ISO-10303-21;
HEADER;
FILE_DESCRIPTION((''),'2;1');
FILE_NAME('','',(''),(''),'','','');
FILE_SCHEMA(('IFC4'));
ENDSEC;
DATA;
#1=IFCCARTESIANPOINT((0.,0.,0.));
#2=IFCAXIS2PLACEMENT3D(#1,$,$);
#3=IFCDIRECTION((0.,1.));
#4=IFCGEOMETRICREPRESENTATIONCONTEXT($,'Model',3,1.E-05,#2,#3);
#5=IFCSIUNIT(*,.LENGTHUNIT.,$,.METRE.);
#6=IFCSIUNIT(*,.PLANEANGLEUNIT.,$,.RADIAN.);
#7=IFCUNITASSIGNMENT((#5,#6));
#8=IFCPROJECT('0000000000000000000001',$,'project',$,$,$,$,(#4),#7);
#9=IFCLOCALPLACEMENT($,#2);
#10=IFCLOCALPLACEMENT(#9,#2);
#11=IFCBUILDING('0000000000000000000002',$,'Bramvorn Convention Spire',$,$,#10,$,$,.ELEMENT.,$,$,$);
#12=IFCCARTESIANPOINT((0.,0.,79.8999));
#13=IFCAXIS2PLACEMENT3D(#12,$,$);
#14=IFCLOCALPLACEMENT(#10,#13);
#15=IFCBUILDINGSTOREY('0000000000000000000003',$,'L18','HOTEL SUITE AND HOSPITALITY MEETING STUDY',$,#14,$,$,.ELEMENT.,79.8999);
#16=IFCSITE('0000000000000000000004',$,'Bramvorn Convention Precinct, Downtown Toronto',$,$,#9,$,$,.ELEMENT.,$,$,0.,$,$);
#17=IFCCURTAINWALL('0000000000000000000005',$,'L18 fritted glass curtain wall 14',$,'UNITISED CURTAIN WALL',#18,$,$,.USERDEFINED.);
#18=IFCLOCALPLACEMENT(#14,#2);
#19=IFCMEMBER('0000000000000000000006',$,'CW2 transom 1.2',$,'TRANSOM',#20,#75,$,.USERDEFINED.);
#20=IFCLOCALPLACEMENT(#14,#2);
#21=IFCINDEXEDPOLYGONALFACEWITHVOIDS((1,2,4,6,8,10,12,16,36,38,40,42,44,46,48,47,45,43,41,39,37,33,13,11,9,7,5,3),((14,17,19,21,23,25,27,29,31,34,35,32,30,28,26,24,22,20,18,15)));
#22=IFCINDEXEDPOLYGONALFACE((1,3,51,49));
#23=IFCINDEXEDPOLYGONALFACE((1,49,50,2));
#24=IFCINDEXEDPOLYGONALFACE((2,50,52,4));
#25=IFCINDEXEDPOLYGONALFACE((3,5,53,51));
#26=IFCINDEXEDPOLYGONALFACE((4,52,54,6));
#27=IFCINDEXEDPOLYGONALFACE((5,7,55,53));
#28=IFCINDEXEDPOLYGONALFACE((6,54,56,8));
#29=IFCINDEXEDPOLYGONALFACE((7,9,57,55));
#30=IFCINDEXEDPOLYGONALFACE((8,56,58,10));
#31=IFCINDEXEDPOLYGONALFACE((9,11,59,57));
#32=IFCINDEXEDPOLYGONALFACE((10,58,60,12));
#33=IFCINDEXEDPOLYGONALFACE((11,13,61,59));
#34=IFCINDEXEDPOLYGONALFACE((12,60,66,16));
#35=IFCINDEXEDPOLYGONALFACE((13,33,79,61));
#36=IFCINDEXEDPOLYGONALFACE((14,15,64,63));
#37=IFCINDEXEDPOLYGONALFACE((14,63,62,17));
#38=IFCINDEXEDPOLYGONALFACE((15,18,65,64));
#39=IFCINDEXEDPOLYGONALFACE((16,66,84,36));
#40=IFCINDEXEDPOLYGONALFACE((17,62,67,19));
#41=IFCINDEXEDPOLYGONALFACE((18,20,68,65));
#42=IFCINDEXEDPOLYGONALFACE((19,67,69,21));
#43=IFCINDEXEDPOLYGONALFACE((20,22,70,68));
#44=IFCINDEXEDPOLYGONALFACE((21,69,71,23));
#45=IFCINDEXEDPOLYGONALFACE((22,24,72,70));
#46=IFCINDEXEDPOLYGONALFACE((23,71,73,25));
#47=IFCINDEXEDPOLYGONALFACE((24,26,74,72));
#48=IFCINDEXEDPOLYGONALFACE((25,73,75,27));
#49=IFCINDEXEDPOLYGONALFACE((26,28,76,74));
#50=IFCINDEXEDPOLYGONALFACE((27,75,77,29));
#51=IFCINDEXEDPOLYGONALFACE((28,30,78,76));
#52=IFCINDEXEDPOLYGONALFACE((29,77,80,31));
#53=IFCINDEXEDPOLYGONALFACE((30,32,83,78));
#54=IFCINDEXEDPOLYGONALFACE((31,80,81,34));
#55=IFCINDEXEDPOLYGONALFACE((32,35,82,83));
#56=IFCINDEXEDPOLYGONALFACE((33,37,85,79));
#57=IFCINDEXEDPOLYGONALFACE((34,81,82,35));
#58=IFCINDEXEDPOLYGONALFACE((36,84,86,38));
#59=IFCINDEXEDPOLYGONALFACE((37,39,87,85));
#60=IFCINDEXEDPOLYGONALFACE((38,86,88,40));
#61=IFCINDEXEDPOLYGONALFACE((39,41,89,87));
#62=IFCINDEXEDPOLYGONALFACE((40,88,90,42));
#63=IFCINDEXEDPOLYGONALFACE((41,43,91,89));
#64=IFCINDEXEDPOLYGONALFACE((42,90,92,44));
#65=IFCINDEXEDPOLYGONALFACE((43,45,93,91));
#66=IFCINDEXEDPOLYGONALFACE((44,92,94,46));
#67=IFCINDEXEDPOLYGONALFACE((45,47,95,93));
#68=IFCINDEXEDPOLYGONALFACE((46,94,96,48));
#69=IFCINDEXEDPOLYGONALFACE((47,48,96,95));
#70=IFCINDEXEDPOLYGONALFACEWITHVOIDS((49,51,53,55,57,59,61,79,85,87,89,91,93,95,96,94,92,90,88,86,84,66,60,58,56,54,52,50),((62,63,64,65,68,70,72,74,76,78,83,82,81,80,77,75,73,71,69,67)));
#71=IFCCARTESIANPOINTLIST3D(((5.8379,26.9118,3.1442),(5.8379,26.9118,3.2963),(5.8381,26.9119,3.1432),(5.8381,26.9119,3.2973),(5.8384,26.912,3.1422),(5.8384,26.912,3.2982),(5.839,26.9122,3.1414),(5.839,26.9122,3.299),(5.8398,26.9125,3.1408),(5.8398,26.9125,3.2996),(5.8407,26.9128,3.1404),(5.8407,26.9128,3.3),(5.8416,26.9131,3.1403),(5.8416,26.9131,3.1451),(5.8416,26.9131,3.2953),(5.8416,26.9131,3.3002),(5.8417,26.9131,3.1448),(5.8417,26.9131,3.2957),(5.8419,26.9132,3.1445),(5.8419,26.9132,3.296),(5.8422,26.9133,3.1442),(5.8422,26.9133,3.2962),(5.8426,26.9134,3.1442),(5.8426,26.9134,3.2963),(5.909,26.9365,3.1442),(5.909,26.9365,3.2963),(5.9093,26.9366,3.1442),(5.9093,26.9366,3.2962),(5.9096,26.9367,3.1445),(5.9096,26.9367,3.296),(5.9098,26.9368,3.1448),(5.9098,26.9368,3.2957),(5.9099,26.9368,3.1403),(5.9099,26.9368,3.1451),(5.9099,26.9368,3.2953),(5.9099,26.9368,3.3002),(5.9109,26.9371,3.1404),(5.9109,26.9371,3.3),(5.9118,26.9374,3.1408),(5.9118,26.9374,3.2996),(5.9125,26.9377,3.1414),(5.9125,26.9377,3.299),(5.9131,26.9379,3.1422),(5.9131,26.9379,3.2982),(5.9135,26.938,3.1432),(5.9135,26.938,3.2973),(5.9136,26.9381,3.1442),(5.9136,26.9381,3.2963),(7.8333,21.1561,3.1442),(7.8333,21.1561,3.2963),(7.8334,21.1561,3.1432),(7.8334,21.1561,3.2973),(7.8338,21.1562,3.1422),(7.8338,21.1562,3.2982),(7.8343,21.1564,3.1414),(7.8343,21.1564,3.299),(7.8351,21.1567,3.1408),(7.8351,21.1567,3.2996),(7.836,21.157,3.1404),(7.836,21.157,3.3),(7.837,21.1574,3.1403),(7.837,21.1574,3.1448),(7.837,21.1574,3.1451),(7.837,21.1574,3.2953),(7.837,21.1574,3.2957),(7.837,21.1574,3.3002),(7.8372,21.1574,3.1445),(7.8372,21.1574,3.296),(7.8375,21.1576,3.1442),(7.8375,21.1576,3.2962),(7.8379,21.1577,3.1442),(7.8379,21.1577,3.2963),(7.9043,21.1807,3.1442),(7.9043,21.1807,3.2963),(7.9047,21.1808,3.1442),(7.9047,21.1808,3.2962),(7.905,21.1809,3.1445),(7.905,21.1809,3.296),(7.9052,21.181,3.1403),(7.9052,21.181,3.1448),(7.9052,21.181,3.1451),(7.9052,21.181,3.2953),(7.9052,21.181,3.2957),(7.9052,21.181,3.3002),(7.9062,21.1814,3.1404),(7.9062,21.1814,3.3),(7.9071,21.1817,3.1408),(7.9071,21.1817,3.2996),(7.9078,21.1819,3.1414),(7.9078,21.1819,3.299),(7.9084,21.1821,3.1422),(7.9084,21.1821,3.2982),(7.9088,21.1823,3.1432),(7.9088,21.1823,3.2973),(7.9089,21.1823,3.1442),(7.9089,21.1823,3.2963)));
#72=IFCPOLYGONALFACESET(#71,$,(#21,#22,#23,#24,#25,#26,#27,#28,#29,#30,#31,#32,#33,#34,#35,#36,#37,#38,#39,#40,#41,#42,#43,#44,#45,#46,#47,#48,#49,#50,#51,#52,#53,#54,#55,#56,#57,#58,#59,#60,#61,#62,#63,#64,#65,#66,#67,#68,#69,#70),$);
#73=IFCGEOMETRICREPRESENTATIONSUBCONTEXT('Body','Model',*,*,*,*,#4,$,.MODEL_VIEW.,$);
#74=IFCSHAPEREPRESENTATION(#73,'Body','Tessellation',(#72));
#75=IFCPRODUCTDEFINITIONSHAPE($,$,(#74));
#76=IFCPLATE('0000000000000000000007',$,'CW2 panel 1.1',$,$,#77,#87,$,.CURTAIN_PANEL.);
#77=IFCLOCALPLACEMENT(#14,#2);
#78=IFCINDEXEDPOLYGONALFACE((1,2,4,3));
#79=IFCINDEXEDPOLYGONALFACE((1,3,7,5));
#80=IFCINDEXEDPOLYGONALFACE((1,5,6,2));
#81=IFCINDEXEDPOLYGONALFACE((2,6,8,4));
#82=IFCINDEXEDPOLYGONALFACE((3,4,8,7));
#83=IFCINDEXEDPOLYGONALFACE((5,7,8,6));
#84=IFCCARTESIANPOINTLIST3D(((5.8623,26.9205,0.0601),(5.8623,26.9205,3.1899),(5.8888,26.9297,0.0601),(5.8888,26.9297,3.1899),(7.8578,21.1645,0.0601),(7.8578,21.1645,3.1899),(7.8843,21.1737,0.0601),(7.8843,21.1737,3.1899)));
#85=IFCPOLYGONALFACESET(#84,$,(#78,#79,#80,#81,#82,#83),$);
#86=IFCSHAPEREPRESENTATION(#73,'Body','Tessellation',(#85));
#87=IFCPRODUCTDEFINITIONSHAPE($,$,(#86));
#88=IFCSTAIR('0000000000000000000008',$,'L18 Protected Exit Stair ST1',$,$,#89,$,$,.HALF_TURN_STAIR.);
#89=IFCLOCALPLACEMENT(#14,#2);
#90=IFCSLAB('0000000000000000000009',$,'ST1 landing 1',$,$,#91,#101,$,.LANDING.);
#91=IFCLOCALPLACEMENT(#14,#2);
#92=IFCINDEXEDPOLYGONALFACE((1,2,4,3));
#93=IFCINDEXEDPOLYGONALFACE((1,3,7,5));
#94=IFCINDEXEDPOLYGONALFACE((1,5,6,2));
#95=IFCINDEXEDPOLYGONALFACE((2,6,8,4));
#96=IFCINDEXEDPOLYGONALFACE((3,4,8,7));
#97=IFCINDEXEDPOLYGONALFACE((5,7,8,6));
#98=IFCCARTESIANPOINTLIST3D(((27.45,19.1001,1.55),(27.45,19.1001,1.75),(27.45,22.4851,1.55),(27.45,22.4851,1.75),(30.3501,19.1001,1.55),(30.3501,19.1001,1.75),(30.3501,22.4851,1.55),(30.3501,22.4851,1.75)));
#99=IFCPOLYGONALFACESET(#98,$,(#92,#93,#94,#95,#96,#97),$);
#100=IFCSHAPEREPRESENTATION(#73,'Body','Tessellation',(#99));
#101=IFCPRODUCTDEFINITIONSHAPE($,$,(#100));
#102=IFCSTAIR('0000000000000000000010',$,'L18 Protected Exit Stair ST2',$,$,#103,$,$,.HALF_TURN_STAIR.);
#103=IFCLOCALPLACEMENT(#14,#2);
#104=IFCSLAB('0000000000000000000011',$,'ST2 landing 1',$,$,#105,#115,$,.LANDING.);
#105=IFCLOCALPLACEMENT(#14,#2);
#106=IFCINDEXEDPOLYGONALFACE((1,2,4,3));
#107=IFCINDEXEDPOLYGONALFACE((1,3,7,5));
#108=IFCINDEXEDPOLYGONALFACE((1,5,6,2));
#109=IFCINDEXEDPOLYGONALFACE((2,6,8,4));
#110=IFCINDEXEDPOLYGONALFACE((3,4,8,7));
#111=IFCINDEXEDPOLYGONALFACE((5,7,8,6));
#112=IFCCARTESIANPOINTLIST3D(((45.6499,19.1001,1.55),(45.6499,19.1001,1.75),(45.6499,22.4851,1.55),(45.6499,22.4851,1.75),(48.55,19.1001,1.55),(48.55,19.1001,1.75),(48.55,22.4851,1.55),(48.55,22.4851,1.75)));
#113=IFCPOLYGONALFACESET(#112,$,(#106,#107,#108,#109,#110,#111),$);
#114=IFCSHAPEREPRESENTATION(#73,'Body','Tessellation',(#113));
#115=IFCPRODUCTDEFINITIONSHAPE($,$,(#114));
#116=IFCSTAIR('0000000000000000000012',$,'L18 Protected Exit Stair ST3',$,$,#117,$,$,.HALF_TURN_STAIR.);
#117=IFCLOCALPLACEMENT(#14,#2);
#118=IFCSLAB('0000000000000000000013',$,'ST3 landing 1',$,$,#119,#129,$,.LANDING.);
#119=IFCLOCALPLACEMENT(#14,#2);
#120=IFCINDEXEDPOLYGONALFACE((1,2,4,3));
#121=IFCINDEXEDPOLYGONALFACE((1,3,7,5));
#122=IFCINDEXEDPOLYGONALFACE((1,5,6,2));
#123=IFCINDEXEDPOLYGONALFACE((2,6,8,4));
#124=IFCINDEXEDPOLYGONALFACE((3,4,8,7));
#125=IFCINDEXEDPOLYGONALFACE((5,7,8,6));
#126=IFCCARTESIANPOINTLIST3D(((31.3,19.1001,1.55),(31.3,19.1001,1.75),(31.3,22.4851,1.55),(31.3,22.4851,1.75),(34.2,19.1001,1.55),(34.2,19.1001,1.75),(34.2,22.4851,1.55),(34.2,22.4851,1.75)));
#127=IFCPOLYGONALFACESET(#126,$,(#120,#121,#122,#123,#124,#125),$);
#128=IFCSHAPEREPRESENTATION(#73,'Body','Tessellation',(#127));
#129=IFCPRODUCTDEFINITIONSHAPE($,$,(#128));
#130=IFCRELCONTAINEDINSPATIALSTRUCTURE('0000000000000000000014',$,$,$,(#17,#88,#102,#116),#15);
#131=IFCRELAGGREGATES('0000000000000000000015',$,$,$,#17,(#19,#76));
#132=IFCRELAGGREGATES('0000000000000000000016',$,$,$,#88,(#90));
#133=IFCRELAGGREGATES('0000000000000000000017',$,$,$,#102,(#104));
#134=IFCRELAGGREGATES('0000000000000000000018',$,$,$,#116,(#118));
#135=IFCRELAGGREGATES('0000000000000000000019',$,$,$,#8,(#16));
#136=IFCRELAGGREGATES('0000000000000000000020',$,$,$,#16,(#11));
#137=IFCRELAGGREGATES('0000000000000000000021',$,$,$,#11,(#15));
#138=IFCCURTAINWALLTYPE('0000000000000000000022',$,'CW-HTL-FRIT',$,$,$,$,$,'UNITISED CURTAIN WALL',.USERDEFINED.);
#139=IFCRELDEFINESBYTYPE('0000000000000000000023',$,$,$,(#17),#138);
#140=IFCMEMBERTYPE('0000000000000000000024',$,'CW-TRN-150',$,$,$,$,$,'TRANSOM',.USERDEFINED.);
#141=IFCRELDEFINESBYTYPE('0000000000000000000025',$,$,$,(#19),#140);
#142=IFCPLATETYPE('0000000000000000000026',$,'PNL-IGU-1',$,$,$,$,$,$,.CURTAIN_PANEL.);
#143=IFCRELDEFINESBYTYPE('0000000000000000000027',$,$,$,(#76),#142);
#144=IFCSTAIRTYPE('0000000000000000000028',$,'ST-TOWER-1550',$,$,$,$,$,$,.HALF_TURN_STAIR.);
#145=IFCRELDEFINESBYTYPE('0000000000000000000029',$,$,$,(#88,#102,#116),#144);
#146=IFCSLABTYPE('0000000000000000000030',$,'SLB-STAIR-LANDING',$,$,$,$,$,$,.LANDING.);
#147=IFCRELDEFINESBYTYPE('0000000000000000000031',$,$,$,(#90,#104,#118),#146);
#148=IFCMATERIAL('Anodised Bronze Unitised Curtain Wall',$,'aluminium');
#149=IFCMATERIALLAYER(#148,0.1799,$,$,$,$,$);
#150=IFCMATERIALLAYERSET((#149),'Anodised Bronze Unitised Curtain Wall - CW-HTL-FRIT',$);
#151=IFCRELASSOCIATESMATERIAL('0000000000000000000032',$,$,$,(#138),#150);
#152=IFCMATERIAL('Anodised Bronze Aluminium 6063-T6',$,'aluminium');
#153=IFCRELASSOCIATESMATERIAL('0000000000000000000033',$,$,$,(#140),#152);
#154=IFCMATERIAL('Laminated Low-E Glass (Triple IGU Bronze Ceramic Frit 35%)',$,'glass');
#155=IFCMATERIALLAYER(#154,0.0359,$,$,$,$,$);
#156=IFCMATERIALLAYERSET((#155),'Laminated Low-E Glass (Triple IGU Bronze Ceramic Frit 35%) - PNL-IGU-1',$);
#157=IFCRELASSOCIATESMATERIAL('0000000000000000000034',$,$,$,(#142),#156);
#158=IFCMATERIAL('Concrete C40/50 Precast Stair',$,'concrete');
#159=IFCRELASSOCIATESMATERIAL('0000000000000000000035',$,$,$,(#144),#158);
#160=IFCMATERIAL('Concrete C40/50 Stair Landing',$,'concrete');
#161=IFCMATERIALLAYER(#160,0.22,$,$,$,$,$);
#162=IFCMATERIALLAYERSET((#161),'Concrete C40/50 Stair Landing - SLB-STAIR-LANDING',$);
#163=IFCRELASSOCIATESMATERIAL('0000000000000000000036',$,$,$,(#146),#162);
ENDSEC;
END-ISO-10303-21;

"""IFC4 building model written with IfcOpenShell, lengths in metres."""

from ifc_helpers import new_model, si_unit, direction, frame, origin, origin_2d, place, context, subcontext, project, spatial, polyline, rectangle, hollow_rectangle, outline, extrude, material, layer, layer_set, material_profile, profile_set, type_object, element, aggregate, save


model = new_model("IFC4")

# Units and contexts
model_context = context("Model", 3, precision=1e-05, world=origin(), true_north=direction((0.0, 1.0)))
body_context = subcontext(model_context, "Body", "Model", "MODEL_VIEW")
ifc_project = project(units=[si_unit("LENGTHUNIT", "METRE"), si_unit("PLANEANGLEUNIT", "RADIAN")], contexts=[model_context])

# Site, building, storey
site_placement = place(None, origin())
site = spatial("IfcSite", under=ifc_project, at=site_placement, Name="Bramvorn Convention Precinct, Downtown Toronto", CompositionType="ELEMENT", RefElevation=0.0)
building_placement = place(site_placement, origin())
building = spatial("IfcBuilding", under=site, at=building_placement, Name="Bramvorn Convention Spire", CompositionType="ELEMENT")
storey_placement = place(building_placement, frame((0.0, 0.0, 79.8999)))
storey = spatial("IfcBuildingStorey", under=building, at=storey_placement, Name="L18", Description="HOTEL SUITE AND HOSPITALITY MEETING STUDY", CompositionType="ELEMENT", Elevation=79.8999)

# Curtain wall, member, plate
ifc_material_1 = material(Name="Anodised Bronze Unitised Curtain Wall", Category="aluminium")
ifc_layer_1 = layer(ifc_material_1, 0.1799)
ifc_layer_set_1 = layer_set([ifc_layer_1], Name="Anodised Bronze Unitised Curtain Wall - CW-HTL-FRIT")
curtain_wall_type = type_object("IfcCurtainWallType", Name="CW-HTL-FRIT", ElementType="UNITISED CURTAIN WALL", PredefinedType="USERDEFINED", material=ifc_layer_set_1)
curtain_wall_placement = place(storey_placement, origin())
curtain_wall = element("IfcCurtainWall", 1, at=curtain_wall_placement, inside=storey, type_object=curtain_wall_type, Name="L18 fritted glass curtain wall 14", ObjectType="UNITISED CURTAIN WALL", PredefinedType="USERDEFINED")
ifc_material_2 = material(Name="Anodised Bronze Aluminium 6063-T6", Category="aluminium")
ifc_material_profile_1 = material_profile(ifc_material_2, hollow_rectangle(XDim=0.0801, YDim=0.1599, WallThickness=0.0039, InnerFilletRadius=0.001, OuterFilletRadius=0.0039, at=origin_2d()))
ifc_profile_set_1 = profile_set([ifc_material_profile_1], Name="Anodised Bronze Aluminium 6063-T6 - CWT80X160")
member_type_1 = type_object("IfcMemberType", Name="CW-TRN-150", ElementType="TRANSOM", PredefinedType="USERDEFINED", material=ifc_profile_set_1)
member_1_placement = place(storey_placement, frame((7.8711, 21.1692, 3.2202), z_axis=(-0.327543, 0.944836, 0.0), x_axis=(-0.944836, -0.327543, 0.0)))
member_1 = element("IfcMember", 2, at=member_1_placement, type_object=member_type_1, Name="CW2 transom 1.2", ObjectType="TRANSOM", PredefinedType="USERDEFINED", context=body_context, shape_type="SweptSolid", body=[
    extrude(hollow_rectangle(XDim=0.0801, YDim=0.1599, WallThickness=0.0039, InnerFilletRadius=0.001, OuterFilletRadius=0.0039, at=origin_2d()), origin(), (0.0, 0.0, 1.0), 6.0918),
])
ifc_material_3 = material(Name="Laminated Low-E Glass (Triple IGU Bronze Ceramic Frit 35%)", Category="glass")
ifc_layer_2 = layer(ifc_material_3, 0.0359)
ifc_layer_set_2 = layer_set([ifc_layer_2], Name="Laminated Low-E Glass (Triple IGU Bronze Ceramic Frit 35%) - PNL-IGU-1")
plate_type = type_object("IfcPlateType", Name="PNL-IGU-1", PredefinedType="CURTAIN_PANEL", material=ifc_layer_set_2)
plate_placement = place(storey_placement, frame((6.8733, 24.0471, 0.0601), z_axis=(0.0, 0.0, 1.0), x_axis=(-0.327559, 0.944831, 0.0)))
plate = element("IfcPlate", 3, at=plate_placement, type_object=plate_type, Name="CW2 panel 1.1", PredefinedType="CURTAIN_PANEL", context=body_context, shape_type="SweptSolid", body=[
    extrude(rectangle(XDim=6.092, YDim=0.0281, at=origin_2d()), origin(), (0.0, 0.0, 1.0), 3.1299),
])
aggregate(curtain_wall, [member_1, plate])

# Stairs, slabs
ifc_material_4 = material(Name="Concrete C40/50 Precast Stair", Category="concrete")
stair_type = type_object("IfcStairType", Name="ST-TOWER-1550", PredefinedType="HALF_TURN_STAIR", material=ifc_material_4)
stair_1_placement = place(storey_placement, origin())
stair_1 = element("IfcStair", 4, at=stair_1_placement, inside=storey, type_object=stair_type, Name="L18 Protected Exit Stair ST1", PredefinedType="HALF_TURN_STAIR")
ifc_material_5 = material(Name="Concrete C40/50 Stair Landing", Category="concrete")
ifc_layer_3 = layer(ifc_material_5, 0.22)
ifc_layer_set_3 = layer_set([ifc_layer_3], Name="Concrete C40/50 Stair Landing - SLB-STAIR-LANDING")
slab_type_1 = type_object("IfcSlabType", Name="SLB-STAIR-LANDING", PredefinedType="LANDING", material=ifc_layer_set_3)
slab_1_placement = place(storey_placement, frame((0.0, 0.0, 1.55)))
slab_1 = element("IfcSlab", 5, at=slab_1_placement, type_object=slab_type_1, Name="ST1 landing 1", PredefinedType="LANDING", context=body_context, shape_type="SweptSolid", body=[
    extrude(outline(polyline([(27.45, 22.4851), (27.45, 19.1001), (30.3501, 19.1001), (30.3501, 22.4851), (27.45, 22.4851)])), origin(), (0.0, 0.0, 1.0), 0.2),
])
aggregate(stair_1, [slab_1])
stair_2_placement = place(storey_placement, origin())
stair_2 = element("IfcStair", 6, at=stair_2_placement, inside=storey, type_object=stair_type, Name="L18 Protected Exit Stair ST2", PredefinedType="HALF_TURN_STAIR")
slab_2_placement = place(storey_placement, frame((0.0, 0.0, 1.55)))
slab_2 = element("IfcSlab", 7, at=slab_2_placement, type_object=slab_type_1, Name="ST2 landing 1", PredefinedType="LANDING", context=body_context, shape_type="SweptSolid", body=[
    extrude(outline(polyline([(45.6499, 22.4851), (45.6499, 19.1001), (48.55, 19.1001), (48.55, 22.4851), (45.6499, 22.4851)])), origin(), (0.0, 0.0, 1.0), 0.2),
])
aggregate(stair_2, [slab_2])
stair_3_placement = place(storey_placement, origin())
stair_3 = element("IfcStair", 8, at=stair_3_placement, inside=storey, type_object=stair_type, Name="L18 Protected Exit Stair ST3", PredefinedType="HALF_TURN_STAIR")
slab_3_placement = place(storey_placement, frame((0.0, 0.0, 1.55)))
slab_3 = element("IfcSlab", 9, at=slab_3_placement, type_object=slab_type_1, Name="ST3 landing 1", PredefinedType="LANDING", context=body_context, shape_type="SweptSolid", body=[
    extrude(outline(polyline([(31.3, 22.4851), (31.3, 19.1001), (34.2, 19.1001), (34.2, 22.4851), (31.3, 22.4851)])), origin(), (0.0, 0.0, 1.0), 0.2),
])
aggregate(stair_3, [slab_3])

save(model, "model.ifc")
